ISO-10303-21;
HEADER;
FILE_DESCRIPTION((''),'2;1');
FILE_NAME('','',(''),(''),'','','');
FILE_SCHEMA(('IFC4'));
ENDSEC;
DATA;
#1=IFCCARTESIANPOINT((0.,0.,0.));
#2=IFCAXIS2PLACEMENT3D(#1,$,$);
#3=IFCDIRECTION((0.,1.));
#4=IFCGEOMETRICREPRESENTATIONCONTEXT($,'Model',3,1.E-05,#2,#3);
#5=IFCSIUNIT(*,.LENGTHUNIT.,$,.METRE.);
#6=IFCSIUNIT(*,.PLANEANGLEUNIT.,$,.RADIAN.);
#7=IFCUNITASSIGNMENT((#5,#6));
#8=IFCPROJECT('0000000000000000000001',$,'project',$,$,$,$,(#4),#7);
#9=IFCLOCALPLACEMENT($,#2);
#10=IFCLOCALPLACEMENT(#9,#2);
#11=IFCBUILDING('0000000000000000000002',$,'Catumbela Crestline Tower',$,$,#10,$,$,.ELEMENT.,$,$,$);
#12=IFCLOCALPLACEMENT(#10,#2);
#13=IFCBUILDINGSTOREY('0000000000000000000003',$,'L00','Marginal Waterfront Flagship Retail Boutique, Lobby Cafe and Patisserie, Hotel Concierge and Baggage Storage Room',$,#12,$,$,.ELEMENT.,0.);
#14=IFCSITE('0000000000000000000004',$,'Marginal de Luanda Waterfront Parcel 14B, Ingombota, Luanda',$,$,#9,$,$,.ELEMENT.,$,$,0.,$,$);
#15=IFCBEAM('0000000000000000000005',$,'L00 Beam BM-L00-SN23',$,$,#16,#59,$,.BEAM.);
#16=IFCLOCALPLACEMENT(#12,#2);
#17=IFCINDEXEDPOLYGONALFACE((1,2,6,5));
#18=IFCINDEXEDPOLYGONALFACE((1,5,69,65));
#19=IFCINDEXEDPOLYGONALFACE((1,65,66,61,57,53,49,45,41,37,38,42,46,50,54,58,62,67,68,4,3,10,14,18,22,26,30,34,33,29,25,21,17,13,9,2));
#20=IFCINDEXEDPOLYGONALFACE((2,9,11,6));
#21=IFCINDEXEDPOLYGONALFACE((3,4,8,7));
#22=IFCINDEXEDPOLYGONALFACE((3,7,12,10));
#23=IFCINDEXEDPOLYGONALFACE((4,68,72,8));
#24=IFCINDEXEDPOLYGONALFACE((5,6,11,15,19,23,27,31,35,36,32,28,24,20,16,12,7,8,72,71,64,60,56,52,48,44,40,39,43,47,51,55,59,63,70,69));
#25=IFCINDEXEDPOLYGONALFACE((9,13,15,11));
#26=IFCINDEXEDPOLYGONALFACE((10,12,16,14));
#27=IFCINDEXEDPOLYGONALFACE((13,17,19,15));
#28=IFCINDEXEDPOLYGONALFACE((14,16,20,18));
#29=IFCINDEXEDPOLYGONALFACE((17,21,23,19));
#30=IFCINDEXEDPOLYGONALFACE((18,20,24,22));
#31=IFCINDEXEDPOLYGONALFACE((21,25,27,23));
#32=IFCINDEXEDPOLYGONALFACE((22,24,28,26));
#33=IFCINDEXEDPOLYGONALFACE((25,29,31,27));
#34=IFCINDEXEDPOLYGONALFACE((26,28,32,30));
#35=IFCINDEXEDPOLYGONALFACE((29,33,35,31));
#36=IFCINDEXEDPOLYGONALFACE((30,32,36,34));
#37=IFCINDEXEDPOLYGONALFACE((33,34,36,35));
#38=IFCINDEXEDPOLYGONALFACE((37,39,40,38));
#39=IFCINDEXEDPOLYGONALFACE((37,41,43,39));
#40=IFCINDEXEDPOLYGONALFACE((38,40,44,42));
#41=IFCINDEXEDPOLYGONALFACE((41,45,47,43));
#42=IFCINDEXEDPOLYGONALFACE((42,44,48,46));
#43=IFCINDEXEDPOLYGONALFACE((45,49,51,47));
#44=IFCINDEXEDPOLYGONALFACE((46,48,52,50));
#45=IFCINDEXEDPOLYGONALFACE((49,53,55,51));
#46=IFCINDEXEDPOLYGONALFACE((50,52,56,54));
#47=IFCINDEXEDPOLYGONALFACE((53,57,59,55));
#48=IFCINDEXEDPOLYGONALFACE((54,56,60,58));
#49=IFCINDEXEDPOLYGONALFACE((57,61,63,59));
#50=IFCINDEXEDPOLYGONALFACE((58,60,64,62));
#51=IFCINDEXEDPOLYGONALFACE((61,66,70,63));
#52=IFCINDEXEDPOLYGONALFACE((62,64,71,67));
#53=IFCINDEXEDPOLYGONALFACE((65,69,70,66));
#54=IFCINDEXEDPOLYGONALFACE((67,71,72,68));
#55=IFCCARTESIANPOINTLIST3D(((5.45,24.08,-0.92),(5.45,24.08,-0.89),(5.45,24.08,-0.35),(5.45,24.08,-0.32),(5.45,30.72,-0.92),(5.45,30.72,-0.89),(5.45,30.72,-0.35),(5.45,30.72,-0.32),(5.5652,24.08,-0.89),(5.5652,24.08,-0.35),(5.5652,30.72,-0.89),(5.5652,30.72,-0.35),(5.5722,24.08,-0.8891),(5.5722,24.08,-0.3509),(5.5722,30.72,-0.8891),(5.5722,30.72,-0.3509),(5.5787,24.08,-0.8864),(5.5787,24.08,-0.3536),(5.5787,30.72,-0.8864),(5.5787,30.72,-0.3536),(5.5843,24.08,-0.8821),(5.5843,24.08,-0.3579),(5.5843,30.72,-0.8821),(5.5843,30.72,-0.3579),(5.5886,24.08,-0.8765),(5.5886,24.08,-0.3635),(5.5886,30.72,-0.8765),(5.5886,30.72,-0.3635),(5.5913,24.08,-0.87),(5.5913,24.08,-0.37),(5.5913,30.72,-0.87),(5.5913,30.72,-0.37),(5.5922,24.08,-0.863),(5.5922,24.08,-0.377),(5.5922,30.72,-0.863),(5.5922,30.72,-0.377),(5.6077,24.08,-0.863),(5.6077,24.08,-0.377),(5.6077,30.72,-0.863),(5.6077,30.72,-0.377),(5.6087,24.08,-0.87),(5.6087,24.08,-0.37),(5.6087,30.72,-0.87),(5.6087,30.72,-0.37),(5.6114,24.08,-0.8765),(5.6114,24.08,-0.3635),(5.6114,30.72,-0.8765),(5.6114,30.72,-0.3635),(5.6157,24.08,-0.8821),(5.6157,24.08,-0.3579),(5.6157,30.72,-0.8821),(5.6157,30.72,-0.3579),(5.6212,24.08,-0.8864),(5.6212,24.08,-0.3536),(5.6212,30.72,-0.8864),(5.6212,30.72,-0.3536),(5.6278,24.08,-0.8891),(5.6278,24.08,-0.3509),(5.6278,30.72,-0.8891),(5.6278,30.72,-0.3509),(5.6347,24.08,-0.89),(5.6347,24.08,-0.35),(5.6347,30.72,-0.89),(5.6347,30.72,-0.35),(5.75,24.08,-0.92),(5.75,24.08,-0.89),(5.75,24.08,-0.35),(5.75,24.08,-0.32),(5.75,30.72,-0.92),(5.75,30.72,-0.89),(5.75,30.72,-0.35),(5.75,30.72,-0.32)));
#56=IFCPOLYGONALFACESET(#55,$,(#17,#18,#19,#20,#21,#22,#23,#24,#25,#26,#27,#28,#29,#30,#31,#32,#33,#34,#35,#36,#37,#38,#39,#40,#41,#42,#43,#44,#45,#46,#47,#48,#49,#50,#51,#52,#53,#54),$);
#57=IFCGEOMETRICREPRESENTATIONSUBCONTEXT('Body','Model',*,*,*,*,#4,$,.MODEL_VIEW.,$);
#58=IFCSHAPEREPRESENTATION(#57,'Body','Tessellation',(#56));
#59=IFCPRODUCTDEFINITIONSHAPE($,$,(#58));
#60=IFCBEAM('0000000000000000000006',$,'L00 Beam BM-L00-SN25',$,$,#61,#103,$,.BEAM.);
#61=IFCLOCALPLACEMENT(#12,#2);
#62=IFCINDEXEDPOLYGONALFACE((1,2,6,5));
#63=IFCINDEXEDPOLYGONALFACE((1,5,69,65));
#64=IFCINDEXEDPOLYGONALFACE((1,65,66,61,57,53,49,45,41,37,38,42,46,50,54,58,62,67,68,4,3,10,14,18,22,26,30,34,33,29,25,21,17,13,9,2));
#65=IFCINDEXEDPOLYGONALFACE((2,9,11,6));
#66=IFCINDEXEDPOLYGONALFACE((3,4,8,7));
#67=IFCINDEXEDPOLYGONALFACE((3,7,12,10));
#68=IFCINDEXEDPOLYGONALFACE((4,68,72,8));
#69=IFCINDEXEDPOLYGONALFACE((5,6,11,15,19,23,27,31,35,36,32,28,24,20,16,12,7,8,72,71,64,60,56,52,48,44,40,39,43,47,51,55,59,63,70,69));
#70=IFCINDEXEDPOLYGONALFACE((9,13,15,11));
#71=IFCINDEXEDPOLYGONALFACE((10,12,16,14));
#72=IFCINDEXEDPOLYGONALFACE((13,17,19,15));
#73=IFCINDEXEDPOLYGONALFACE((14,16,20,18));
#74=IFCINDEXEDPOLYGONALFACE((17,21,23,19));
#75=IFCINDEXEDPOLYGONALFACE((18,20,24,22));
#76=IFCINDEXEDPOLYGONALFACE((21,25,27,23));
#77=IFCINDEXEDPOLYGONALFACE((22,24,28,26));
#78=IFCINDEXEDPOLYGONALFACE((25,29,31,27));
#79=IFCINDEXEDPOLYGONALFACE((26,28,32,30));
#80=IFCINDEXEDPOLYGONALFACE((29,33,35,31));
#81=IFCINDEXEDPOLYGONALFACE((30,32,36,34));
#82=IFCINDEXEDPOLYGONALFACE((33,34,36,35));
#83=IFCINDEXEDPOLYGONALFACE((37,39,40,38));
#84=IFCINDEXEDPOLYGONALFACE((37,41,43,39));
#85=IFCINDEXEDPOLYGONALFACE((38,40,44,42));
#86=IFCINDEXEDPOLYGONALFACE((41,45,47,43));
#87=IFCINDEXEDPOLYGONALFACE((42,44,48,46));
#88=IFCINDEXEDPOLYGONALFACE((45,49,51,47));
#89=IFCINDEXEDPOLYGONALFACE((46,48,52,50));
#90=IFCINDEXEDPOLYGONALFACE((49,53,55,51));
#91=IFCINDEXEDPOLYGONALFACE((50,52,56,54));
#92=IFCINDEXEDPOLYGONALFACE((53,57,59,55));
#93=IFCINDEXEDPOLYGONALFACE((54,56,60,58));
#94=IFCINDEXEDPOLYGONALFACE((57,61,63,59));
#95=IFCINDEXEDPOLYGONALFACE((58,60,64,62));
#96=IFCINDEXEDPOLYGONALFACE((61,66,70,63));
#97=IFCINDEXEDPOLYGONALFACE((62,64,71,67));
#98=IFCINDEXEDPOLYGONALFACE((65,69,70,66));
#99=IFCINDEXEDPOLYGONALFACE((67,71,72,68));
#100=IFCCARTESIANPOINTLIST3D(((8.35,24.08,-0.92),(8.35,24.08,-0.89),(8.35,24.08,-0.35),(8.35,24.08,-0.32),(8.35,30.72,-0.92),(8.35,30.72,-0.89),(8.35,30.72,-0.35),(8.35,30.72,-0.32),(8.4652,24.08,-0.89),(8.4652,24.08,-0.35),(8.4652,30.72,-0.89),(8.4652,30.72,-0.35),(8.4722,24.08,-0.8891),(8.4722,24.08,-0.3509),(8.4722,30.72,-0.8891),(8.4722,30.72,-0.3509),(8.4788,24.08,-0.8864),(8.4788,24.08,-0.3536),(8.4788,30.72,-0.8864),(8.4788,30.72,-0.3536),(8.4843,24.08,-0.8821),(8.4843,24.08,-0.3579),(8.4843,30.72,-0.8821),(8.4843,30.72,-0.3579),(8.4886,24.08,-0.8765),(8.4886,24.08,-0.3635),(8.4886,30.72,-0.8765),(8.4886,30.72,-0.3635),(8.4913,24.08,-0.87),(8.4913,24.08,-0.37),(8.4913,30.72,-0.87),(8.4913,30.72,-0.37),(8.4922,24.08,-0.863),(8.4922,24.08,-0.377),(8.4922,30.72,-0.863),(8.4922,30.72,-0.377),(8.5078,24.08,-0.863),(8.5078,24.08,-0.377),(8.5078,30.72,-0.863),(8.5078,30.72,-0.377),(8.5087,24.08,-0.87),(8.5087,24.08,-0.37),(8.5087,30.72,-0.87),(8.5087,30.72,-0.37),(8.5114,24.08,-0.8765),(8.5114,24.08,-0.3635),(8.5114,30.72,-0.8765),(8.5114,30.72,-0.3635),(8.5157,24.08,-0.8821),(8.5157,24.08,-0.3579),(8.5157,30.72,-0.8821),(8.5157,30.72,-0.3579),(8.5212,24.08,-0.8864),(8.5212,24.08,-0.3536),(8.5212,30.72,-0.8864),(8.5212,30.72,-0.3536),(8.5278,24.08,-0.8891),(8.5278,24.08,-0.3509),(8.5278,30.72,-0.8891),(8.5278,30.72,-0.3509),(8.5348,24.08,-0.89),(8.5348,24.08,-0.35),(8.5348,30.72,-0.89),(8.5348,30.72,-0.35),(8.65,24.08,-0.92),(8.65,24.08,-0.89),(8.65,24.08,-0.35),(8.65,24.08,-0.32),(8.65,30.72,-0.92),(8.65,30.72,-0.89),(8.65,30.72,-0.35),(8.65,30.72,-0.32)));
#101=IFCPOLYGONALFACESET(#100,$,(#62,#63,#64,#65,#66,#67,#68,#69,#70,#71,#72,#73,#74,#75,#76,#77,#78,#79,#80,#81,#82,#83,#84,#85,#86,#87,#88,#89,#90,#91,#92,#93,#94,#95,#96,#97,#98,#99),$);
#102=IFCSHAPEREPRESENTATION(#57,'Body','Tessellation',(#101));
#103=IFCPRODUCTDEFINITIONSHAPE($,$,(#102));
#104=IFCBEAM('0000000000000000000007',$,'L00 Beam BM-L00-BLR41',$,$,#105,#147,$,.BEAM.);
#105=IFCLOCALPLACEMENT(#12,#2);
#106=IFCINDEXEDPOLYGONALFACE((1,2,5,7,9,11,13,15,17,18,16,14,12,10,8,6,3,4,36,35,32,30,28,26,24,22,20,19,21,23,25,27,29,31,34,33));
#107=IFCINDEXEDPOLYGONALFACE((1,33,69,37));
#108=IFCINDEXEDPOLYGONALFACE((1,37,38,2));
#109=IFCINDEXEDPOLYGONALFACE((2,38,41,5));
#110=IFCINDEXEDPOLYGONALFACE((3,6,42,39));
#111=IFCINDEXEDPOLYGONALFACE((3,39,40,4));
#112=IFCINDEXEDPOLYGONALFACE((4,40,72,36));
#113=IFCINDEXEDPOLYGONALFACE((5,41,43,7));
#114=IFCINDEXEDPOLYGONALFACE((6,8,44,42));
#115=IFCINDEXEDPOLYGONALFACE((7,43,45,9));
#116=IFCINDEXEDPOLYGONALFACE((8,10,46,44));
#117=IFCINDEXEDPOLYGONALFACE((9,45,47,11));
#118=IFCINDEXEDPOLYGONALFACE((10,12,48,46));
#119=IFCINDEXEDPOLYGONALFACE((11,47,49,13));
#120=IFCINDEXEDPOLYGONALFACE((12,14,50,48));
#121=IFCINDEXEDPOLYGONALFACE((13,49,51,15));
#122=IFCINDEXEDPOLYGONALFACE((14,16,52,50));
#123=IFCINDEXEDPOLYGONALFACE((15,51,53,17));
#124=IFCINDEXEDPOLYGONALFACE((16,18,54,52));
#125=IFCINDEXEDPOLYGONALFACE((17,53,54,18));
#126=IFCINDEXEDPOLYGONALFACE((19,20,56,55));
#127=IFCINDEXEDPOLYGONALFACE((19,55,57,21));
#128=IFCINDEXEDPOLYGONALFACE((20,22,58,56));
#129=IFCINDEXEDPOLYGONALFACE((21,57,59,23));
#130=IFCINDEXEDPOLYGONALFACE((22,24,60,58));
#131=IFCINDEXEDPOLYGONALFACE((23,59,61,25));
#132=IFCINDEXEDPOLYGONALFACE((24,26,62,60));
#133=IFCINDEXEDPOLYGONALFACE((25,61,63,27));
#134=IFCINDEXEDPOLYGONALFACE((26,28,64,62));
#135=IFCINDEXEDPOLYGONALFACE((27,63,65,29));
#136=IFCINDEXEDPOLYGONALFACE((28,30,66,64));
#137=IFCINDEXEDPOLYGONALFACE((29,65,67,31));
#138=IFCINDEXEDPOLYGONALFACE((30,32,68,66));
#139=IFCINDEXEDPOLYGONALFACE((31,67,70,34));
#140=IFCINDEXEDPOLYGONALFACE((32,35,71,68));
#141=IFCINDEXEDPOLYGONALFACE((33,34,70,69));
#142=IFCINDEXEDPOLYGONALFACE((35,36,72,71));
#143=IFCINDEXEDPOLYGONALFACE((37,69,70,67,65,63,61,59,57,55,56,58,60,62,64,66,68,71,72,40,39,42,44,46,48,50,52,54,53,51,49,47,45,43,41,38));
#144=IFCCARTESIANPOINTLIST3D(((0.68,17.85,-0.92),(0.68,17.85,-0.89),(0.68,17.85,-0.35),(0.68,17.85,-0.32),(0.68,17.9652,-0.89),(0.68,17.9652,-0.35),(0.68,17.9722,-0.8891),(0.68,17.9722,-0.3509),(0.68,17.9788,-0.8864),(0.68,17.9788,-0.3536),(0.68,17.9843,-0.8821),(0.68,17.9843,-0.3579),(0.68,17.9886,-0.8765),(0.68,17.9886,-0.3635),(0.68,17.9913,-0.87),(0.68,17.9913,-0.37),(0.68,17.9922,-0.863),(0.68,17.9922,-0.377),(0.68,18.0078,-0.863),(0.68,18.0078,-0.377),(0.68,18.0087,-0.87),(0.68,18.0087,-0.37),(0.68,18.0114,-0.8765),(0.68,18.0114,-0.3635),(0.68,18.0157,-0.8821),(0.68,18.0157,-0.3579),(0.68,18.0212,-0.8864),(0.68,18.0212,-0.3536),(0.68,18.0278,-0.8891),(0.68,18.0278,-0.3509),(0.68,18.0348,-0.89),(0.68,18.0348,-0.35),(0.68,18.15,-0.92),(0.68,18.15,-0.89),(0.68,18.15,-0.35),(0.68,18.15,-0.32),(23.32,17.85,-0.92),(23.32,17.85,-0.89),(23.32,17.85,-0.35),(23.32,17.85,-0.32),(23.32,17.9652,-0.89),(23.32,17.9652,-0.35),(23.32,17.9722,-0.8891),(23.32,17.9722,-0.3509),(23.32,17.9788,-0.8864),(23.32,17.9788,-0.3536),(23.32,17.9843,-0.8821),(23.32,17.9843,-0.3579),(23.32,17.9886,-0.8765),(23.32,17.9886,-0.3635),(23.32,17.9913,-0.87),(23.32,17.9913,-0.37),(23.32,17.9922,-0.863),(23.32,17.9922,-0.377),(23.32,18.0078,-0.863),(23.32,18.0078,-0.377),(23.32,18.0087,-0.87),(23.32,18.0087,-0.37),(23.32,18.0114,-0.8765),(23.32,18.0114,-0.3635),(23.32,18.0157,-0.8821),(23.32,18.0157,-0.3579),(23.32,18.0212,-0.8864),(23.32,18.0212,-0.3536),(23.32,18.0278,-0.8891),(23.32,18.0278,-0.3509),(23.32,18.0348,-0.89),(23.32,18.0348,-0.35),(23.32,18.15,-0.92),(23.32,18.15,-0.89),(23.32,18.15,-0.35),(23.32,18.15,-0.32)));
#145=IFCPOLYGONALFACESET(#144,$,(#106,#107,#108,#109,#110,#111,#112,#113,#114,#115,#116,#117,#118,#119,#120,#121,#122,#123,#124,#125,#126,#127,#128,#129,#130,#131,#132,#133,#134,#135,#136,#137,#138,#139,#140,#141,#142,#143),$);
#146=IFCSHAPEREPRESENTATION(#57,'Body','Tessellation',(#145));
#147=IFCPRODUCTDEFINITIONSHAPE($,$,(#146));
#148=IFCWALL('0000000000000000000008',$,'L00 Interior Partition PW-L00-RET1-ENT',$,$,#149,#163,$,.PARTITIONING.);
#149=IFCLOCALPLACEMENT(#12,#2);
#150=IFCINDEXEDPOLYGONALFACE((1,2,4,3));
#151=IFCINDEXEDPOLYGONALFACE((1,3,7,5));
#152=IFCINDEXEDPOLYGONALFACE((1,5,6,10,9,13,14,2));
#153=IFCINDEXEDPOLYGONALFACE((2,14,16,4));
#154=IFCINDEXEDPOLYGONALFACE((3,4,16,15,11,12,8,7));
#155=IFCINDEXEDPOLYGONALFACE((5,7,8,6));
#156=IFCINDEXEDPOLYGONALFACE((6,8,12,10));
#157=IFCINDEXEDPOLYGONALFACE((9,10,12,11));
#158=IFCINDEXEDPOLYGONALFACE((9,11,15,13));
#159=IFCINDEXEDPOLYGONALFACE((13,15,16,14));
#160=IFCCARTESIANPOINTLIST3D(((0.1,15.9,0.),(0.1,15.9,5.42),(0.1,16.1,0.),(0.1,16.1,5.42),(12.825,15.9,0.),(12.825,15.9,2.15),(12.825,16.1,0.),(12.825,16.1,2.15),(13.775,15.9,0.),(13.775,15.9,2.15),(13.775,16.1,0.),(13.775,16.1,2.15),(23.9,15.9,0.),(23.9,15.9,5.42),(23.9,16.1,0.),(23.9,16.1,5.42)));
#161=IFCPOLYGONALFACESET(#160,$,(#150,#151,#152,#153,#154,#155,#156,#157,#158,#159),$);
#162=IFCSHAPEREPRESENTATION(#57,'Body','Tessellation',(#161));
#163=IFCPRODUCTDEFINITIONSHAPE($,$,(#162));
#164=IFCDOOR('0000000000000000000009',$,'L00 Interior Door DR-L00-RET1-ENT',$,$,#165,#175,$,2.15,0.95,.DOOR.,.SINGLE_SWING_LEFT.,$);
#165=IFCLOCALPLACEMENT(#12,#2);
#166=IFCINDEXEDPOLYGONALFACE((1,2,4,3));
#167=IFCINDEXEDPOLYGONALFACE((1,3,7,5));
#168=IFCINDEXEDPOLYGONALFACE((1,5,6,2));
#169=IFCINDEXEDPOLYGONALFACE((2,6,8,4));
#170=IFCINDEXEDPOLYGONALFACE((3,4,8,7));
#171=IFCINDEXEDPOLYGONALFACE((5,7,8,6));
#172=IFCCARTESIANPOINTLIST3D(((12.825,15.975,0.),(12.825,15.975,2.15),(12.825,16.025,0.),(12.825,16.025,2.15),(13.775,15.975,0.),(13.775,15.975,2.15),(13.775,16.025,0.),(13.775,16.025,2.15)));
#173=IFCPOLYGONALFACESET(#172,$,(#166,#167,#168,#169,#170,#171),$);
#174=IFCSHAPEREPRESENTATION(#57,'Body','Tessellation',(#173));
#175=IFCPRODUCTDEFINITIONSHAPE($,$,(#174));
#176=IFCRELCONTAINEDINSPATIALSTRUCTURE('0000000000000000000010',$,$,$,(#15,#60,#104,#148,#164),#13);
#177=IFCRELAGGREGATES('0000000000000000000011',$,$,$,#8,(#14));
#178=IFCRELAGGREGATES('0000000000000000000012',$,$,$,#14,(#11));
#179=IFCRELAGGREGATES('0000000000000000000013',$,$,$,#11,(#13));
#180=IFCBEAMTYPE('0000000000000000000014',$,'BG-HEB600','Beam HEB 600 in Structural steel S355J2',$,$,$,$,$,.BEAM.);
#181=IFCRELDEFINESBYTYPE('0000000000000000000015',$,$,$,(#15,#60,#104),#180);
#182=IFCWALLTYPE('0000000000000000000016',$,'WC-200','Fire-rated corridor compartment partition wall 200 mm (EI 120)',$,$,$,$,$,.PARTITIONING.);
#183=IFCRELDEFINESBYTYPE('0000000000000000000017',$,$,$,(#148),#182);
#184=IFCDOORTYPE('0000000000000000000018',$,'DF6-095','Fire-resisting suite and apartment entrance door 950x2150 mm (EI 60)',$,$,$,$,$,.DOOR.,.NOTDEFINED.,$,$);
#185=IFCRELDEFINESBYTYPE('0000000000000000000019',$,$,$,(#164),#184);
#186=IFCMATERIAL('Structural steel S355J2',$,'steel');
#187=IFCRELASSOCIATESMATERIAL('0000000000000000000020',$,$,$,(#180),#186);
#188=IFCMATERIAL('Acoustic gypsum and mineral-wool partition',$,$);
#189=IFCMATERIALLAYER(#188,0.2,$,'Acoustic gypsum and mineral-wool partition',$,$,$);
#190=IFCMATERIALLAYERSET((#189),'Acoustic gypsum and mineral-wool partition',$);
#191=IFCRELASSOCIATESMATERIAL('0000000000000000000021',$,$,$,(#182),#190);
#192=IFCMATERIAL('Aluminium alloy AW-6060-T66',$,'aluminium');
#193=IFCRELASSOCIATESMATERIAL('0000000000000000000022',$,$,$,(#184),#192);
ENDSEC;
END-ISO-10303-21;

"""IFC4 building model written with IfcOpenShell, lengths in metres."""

from ifc_helpers import new_model, si_unit, direction, frame, frame_2d, origin, origin_2d, place, context, subcontext, project, spatial, rectangle, i_section, extrude, material, layer, layer_set, material_profile, profile_set, type_object, element, fill, save


model = new_model("IFC4")

# Units and contexts
model_context = context("Model", 3, precision=1e-05, world=origin(), true_north=direction((0.0, 1.0)))
body_context = subcontext(model_context, "Body", "Model", "MODEL_VIEW")
ifc_project = project(units=[si_unit("LENGTHUNIT", "METRE"), si_unit("PLANEANGLEUNIT", "RADIAN")], contexts=[model_context])

# Site, building, storey
site_placement = place(None, origin())
site = spatial("IfcSite", under=ifc_project, at=site_placement, Name="Marginal de Luanda Waterfront Parcel 14B, Ingombota, Luanda", CompositionType="ELEMENT", RefElevation=0.0)
building_placement = place(site_placement, origin())
building = spatial("IfcBuilding", under=site, at=building_placement, Name="Catumbela Crestline Tower", CompositionType="ELEMENT")
storey_placement = place(building_placement, origin())
storey = spatial("IfcBuildingStorey", under=building, at=storey_placement, Name="L00", Description="Marginal Waterfront Flagship Retail Boutique, Lobby Cafe and Patisserie, Hotel Concierge and Baggage Storage Room", CompositionType="ELEMENT", Elevation=0.0)

# Beams
ifc_material_1 = material(Name="Structural steel S355J2", Category="steel")
ifc_material_profile_1 = material_profile(ifc_material_1, i_section(OverallWidth=0.3, OverallDepth=0.6, WebThickness=0.0155, FlangeThickness=0.03, FilletRadius=0.027, at=origin_2d()), Name="HEB 600")
ifc_profile_set_1 = profile_set([ifc_material_profile_1], Name="Structural steel S355J2")
beam_type = type_object("IfcBeamType", Name="BG-HEB600", Description="Beam HEB 600 in Structural steel S355J2", PredefinedType="BEAM", material=ifc_profile_set_1)
for number, where, z_axis, x_axis, name in (
    (1, (5.6, 24.08, -0.62), (0.0, 1.0, 0.0), (-1.0, 0.0, 0.0), "L00 Beam BM-L00-SN23"),
    (2, (8.5, 24.08, -0.62), (0.0, 1.0, 0.0), (-1.0, 0.0, 0.0), "L00 Beam BM-L00-SN25"),
):
    element("IfcBeam", number, at=place(storey_placement, frame(where, z_axis=z_axis, x_axis=x_axis)), inside=storey, type_object=beam_type, Name=name, PredefinedType="BEAM", context=body_context, shape_type="SweptSolid", body=[
        extrude(i_section(OverallWidth=0.3, OverallDepth=0.6, WebThickness=0.0155, FlangeThickness=0.03, FilletRadius=0.027, at=origin_2d()), origin(), (0.0, 0.0, 1.0), 6.64),
    ])
beam_1_placement = place(storey_placement, frame((0.68, 18.0, -0.62), z_axis=(1.0, 0.0, 0.0), x_axis=(0.0, 1.0, 0.0)))
element("IfcBeam", 3, at=beam_1_placement, inside=storey, type_object=beam_type, Name="L00 Beam BM-L00-BLR41", PredefinedType="BEAM", context=body_context, shape_type="SweptSolid", body=[
    extrude(i_section(OverallWidth=0.3, OverallDepth=0.6, WebThickness=0.0155, FlangeThickness=0.03, FilletRadius=0.027, at=origin_2d()), origin(), (0.0, 0.0, 1.0), 22.64),
])

# Wall, opening, door
ifc_material_2 = material(Name="Acoustic gypsum and mineral-wool partition")
ifc_layer_1 = layer(ifc_material_2, 0.2, Name="Acoustic gypsum and mineral-wool partition")
ifc_layer_set_1 = layer_set([ifc_layer_1], Name="Acoustic gypsum and mineral-wool partition")
wall_type_1 = type_object("IfcWallType", Name="WC-200", Description="Fire-rated corridor compartment partition wall 200 mm (EI 120)", PredefinedType="PARTITIONING", material=ifc_layer_set_1)
wall_1_placement = place(storey_placement, frame((0.1, 16.0, 0.0), z_axis=(0.0, 0.0, 1.0), x_axis=(1.0, 0.0, 0.0)))
wall_1 = element("IfcWall", 4, at=wall_1_placement, inside=storey, type_object=wall_type_1, Name="L00 Interior Partition PW-L00-RET1-ENT", PredefinedType="PARTITIONING", context=body_context, shape_type="SweptSolid", body=[
    extrude(rectangle(XDim=23.8, YDim=0.2, at=frame_2d((11.9, 0.0))), origin(), (0.0, 0.0, 1.0), 5.42),
])
opening_1_placement = place(wall_1_placement, frame((12.725, 0.0, 0.0)))
opening_1 = element("IfcOpeningElement", 5, at=opening_1_placement, cuts=wall_1, PredefinedType="OPENING", context=body_context, shape_type="SweptSolid", body=[
    extrude(rectangle(XDim=0.95, YDim=2.15, at=frame_2d((0.475, 1.075))), frame((0.0, 0.11, 0.0), z_axis=(0.0, -1.0, 0.0), x_axis=(1.0, 0.0, 0.0)), (0.0, 0.0, 1.0), 0.22),
])
ifc_material_3 = material(Name="Aluminium alloy AW-6060-T66", Category="aluminium")
door_type = type_object("IfcDoorType", Name="DF6-095", Description="Fire-resisting suite and apartment entrance door 950x2150 mm (EI 60)", OperationType="NOTDEFINED", PredefinedType="DOOR", material=ifc_material_3)
door_placement = place(opening_1_placement, origin())
door = element("IfcDoor", 6, at=door_placement, inside=storey, type_object=door_type, Name="L00 Interior Door DR-L00-RET1-ENT", OperationType="SINGLE_SWING_LEFT", OverallHeight=2.15, OverallWidth=0.95, PredefinedType="DOOR", context=body_context, shape_type="SweptSolid", body=[
    extrude(rectangle(XDim=0.95, YDim=2.15, at=frame_2d((0.475, 1.075))), frame((0.0, 0.025, 0.0), z_axis=(0.0, -1.0, 0.0), x_axis=(1.0, 0.0, 0.0)), (0.0, 0.0, 1.0), 0.05),
])
fill(opening_1, door)

save(model, "model.ifc")
